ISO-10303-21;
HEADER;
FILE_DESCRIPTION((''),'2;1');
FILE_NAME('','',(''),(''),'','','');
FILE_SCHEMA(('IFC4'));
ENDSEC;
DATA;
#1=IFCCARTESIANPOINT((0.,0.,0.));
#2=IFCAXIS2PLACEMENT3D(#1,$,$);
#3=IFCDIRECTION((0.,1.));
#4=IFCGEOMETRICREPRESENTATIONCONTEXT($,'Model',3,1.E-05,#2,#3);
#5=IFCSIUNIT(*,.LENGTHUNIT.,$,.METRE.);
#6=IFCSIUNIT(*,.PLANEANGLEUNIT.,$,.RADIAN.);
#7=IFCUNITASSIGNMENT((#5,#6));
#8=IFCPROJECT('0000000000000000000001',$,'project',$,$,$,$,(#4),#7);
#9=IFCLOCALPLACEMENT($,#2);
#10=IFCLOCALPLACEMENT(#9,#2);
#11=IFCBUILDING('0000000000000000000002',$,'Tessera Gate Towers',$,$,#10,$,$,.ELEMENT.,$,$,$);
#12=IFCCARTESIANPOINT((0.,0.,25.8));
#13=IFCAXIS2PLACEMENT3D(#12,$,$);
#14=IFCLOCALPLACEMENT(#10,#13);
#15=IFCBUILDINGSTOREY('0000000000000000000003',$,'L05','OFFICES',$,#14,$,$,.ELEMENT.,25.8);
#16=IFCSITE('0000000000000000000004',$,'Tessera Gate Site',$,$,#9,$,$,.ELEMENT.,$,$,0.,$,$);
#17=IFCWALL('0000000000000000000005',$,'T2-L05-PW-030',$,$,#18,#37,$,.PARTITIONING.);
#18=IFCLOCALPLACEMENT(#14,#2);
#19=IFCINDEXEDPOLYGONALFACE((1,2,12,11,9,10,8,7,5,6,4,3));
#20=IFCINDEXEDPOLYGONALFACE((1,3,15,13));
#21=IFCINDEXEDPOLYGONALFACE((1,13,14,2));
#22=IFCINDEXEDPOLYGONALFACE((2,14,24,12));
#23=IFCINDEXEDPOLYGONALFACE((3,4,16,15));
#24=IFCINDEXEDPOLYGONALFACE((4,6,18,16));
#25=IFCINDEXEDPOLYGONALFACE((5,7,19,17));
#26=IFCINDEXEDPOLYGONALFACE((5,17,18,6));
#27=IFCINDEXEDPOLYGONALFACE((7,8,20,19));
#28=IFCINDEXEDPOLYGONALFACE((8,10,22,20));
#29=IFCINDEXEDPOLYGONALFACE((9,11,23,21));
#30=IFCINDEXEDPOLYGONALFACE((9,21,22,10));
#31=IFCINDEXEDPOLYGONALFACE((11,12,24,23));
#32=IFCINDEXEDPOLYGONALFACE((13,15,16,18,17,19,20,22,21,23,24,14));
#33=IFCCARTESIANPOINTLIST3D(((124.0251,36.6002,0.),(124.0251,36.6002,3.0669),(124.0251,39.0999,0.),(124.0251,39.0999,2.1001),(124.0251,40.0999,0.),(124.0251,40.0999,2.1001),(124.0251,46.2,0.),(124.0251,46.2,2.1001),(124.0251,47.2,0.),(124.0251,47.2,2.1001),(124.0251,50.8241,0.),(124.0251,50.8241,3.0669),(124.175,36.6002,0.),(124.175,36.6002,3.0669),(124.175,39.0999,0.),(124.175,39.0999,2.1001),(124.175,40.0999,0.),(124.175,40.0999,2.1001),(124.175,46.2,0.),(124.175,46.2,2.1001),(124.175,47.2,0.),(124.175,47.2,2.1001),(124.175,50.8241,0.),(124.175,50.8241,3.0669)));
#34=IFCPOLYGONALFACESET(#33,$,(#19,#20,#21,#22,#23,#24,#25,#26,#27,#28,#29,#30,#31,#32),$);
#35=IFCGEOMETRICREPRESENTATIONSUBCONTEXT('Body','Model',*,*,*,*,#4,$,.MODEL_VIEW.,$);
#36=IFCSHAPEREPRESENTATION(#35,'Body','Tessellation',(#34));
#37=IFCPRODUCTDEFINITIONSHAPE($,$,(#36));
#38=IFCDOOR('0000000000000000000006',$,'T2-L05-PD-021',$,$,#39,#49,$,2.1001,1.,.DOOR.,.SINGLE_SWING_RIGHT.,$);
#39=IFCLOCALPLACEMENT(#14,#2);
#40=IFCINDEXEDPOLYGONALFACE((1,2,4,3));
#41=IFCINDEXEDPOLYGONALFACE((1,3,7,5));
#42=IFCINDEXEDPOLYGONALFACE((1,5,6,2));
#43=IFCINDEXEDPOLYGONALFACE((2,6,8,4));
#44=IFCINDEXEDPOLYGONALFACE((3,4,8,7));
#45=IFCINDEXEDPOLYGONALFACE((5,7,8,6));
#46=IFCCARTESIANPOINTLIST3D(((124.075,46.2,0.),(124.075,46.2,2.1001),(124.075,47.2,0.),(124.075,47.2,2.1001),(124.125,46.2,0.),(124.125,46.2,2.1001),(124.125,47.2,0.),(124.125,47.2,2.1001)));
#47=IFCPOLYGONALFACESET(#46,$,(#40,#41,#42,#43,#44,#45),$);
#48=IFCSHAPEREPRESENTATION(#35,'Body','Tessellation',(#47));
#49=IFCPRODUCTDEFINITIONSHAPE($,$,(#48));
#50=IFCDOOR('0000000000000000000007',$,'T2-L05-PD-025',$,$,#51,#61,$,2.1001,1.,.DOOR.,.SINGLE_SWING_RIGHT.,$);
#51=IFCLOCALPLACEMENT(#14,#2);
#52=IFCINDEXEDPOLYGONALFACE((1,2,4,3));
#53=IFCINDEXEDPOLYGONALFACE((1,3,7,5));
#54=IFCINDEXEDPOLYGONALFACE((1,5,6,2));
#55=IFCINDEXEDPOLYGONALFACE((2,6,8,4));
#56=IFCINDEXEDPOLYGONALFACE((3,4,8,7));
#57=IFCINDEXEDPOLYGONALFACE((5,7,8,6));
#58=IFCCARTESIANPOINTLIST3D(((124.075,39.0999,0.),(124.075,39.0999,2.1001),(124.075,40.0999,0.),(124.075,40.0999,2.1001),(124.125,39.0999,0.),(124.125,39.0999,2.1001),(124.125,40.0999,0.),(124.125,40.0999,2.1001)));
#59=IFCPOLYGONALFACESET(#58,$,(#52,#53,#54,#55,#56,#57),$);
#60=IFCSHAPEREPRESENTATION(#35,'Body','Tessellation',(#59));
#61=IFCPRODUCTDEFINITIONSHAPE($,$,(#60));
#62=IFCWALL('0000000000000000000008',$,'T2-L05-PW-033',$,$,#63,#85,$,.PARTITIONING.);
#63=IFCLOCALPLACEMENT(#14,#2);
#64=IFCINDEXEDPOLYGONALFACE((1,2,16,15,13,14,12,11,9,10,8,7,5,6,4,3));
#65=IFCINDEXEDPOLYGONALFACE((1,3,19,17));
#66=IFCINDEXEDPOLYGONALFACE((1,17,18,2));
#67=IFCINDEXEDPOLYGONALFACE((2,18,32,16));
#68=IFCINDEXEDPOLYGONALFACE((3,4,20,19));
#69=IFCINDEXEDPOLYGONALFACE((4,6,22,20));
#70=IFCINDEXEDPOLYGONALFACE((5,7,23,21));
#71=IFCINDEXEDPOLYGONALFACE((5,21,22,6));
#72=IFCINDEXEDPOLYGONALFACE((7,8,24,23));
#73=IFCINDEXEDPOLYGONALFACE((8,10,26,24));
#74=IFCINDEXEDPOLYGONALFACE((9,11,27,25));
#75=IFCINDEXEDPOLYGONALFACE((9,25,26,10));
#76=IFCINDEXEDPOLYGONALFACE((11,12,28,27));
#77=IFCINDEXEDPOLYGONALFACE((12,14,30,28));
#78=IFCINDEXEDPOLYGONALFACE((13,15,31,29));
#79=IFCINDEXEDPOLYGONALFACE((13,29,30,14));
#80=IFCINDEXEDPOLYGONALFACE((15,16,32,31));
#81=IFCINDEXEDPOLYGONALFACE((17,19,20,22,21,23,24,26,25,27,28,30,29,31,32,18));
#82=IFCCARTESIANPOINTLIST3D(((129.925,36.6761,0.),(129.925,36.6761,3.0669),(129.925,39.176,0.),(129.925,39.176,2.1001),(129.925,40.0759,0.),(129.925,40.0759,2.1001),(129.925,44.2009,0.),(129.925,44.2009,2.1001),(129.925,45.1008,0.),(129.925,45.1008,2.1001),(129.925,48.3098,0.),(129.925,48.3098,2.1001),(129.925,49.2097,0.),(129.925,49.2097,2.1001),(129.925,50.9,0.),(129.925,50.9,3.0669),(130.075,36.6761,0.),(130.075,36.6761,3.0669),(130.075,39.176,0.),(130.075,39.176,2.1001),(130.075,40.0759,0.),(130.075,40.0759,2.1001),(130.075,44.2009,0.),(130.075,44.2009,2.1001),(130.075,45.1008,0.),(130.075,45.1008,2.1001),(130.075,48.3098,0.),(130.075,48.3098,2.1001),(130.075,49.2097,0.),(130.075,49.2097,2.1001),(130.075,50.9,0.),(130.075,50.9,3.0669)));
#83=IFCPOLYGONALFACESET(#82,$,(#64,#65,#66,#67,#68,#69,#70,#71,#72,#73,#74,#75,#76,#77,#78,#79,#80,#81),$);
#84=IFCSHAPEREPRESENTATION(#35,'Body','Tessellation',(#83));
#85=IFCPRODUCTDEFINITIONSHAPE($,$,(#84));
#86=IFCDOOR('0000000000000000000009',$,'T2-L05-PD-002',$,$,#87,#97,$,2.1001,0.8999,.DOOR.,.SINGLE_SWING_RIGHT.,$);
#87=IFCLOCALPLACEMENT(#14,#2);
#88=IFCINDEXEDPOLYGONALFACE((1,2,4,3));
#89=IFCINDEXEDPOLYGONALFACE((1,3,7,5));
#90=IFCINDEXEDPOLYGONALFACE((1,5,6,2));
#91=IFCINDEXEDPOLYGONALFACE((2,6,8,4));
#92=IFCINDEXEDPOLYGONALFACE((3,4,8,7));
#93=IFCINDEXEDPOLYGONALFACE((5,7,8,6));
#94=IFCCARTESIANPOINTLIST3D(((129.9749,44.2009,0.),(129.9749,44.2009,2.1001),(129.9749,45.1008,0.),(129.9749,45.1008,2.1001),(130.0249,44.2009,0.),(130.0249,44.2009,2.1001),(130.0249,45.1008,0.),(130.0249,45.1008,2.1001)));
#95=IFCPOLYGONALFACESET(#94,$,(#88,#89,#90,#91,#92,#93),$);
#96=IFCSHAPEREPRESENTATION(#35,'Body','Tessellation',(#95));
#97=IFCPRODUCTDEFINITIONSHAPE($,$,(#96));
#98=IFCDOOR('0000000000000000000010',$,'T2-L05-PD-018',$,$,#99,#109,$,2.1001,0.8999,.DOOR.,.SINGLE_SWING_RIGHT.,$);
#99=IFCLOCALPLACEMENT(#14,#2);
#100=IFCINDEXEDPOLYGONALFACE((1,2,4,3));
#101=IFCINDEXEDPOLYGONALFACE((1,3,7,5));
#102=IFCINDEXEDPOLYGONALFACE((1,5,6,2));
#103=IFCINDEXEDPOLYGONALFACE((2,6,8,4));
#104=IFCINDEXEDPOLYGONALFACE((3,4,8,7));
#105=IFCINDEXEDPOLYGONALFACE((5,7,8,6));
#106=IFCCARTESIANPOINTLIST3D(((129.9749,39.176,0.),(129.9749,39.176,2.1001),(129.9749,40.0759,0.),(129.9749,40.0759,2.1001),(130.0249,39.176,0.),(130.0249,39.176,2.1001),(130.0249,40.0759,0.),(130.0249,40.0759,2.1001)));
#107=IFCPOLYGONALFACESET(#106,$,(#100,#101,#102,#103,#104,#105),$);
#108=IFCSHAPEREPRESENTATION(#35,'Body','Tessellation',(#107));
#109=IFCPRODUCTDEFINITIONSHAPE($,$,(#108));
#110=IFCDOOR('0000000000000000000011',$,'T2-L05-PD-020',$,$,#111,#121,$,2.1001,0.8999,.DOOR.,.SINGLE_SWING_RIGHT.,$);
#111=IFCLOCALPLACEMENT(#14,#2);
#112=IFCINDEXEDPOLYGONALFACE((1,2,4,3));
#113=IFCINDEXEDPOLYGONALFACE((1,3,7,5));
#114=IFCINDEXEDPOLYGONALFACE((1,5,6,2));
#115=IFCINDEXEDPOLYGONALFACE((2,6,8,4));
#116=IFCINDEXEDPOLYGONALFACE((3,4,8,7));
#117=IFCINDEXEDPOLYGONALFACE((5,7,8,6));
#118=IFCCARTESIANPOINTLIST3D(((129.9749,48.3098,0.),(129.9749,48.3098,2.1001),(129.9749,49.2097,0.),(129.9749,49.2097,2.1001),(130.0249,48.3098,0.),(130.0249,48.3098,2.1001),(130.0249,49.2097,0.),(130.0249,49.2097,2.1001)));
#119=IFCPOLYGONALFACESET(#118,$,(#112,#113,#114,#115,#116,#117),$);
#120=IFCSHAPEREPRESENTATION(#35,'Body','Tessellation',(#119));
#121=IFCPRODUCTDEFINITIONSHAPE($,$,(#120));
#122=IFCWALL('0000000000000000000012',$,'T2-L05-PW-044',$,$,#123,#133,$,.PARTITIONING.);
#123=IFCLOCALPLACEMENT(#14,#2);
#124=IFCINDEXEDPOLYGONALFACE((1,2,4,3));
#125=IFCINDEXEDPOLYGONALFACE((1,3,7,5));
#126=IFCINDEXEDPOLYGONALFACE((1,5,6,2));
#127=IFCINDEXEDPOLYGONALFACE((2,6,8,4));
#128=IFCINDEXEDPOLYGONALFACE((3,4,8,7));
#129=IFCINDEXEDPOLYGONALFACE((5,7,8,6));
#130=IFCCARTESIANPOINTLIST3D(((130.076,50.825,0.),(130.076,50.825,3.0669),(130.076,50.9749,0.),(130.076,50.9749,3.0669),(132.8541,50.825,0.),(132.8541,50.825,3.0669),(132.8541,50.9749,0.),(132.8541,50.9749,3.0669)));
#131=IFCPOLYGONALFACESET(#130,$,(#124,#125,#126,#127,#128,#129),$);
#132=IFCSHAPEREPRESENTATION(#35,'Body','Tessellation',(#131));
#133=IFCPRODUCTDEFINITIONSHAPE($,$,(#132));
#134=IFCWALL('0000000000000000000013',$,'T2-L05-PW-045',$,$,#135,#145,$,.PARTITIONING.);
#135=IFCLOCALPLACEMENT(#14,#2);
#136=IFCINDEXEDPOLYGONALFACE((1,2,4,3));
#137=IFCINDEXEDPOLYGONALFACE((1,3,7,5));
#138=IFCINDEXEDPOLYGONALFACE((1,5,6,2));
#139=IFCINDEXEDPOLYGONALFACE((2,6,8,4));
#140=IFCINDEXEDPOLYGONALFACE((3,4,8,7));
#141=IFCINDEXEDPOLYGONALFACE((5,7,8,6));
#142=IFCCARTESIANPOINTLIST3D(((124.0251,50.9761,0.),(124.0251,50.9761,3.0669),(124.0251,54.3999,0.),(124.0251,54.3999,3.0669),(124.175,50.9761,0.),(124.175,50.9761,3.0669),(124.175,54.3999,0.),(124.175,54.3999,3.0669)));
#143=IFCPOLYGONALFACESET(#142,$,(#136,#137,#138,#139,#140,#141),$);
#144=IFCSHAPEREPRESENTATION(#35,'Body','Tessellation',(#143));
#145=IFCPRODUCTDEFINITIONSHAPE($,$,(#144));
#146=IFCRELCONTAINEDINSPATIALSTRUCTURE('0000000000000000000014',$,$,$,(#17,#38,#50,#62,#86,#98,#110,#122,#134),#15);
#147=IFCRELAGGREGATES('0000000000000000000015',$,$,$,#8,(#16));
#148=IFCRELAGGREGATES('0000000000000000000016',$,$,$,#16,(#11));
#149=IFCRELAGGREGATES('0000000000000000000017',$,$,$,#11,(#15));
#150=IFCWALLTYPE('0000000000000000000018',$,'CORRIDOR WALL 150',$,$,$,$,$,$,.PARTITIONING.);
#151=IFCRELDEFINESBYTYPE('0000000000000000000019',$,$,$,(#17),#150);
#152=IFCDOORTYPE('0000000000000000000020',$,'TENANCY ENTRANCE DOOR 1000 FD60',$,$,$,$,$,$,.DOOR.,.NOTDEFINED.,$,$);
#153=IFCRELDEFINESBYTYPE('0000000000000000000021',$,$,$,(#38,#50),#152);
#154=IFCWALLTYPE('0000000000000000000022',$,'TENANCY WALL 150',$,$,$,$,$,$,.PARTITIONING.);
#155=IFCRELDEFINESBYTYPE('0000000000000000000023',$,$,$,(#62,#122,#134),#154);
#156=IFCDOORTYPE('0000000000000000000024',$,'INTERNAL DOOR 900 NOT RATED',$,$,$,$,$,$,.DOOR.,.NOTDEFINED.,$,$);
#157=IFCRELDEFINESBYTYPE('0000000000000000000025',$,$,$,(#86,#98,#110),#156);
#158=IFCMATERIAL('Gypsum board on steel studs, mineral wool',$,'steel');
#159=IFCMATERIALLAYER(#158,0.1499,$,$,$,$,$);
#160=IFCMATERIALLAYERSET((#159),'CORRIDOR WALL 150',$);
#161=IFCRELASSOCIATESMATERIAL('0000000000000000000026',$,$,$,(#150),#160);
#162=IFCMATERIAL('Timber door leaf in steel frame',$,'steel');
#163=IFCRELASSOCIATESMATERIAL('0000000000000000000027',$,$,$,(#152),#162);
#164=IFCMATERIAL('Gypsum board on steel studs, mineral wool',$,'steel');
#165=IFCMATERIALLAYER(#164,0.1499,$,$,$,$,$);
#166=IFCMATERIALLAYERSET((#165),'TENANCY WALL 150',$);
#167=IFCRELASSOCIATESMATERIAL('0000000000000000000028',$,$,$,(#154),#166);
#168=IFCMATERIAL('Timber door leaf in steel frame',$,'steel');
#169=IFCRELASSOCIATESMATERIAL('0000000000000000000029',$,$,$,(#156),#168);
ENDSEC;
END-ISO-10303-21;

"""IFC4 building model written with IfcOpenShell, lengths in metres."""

from ifc_helpers import new_model, si_unit, direction, frame, frame_2d, origin, place, context, subcontext, project, spatial, rectangle, extrude, source, transform, mapped, material, layer, layer_set, type_object, element, fill, save


model = new_model("IFC4")

# Units and contexts
model_context = context("Model", 3, precision=1e-05, world=origin(), true_north=direction((0.0, 1.0)))
body_context = subcontext(model_context, "Body", "Model", "MODEL_VIEW")
ifc_project = project(units=[si_unit("LENGTHUNIT", "METRE"), si_unit("PLANEANGLEUNIT", "RADIAN")], contexts=[model_context])

# Site, building, storey
site_placement = place(None, origin())
site = spatial("IfcSite", under=ifc_project, at=site_placement, Name="Tessera Gate Site", CompositionType="ELEMENT", RefElevation=0.0)
building_placement = place(site_placement, origin())
building = spatial("IfcBuilding", under=site, at=building_placement, Name="Tessera Gate Towers", CompositionType="ELEMENT")
storey_placement = place(building_placement, frame((0.0, 0.0, 25.8)))
storey = spatial("IfcBuildingStorey", under=building, at=storey_placement, Name="L05", Description="OFFICES", CompositionType="ELEMENT", Elevation=25.8)

# Walls, openings, doors
ifc_material_1 = material(Name="Gypsum board on steel studs, mineral wool", Category="steel")
ifc_layer_1 = layer(ifc_material_1, 0.1499)
ifc_layer_set_1 = layer_set([ifc_layer_1], Name="CORRIDOR WALL 150")
wall_type_1 = type_object("IfcWallType", Name="CORRIDOR WALL 150", PredefinedType="PARTITIONING", material=ifc_layer_set_1)
wall_1_placement = place(storey_placement, frame((124.1001, 50.824, 0.0), z_axis=(0.0, 0.0, 1.0), x_axis=(0.0, -1.0, 0.0)))
wall_1 = element("IfcWall", 1, at=wall_1_placement, inside=storey, type_object=wall_type_1, Name="T2-L05-PW-030", PredefinedType="PARTITIONING", context=body_context, shape_type="SweptSolid", body=[
    extrude(rectangle(XDim=14.2239, YDim=0.1499, at=frame_2d((7.1118, 0.0))), origin(), (0.0, 0.0, 1.0), 3.0669),
])
shared_shape_1 = source(origin(), body_context, "Body", "SweptSolid", [
    extrude(rectangle(XDim=1.0, YDim=2.1001, at=frame_2d((0.5, 1.05))), frame((0.0, 0.085, 0.0), z_axis=(0.0, -1.0, 0.0), x_axis=(1.0, 0.0, 0.0)), (0.0, 0.0, 1.0), 0.1699),
])
opening_1_placement = place(wall_1_placement, frame((3.624, 0.0, 0.0)))
opening_1 = element("IfcOpeningElement", 2, at=opening_1_placement, cuts=wall_1, PredefinedType="OPENING", context=body_context, shape_type="MappedRepresentation", body=[
    mapped(shared_shape_1, transform((0.0, 0.0, 0.0), scale=1.0)),
])
opening_2_placement = place(wall_1_placement, frame((10.7241, 0.0, 0.0)))
opening_2 = element("IfcOpeningElement", 3, at=opening_2_placement, cuts=wall_1, PredefinedType="OPENING", context=body_context, shape_type="MappedRepresentation", body=[
    mapped(shared_shape_1, transform((0.0, 0.0, 0.0), scale=1.0)),
])
ifc_material_2 = material(Name="Timber door leaf in steel frame", Category="steel")
door_type_1 = type_object("IfcDoorType", Name="TENANCY ENTRANCE DOOR 1000 FD60", OperationType="NOTDEFINED", PredefinedType="DOOR", material=ifc_material_2)
shared_shape_2 = source(origin(), body_context, "Body", "SweptSolid", [
    extrude(rectangle(XDim=1.0, YDim=2.1001, at=frame_2d((0.5, 1.05))), frame((0.0, 0.0249, 0.0), z_axis=(0.0, -1.0, 0.0), x_axis=(1.0, 0.0, 0.0)), (0.0, 0.0, 1.0), 0.05),
])
door_1_placement = place(opening_1_placement, origin())
door_1 = element("IfcDoor", 4, at=door_1_placement, inside=storey, type_object=door_type_1, Name="T2-L05-PD-021", OperationType="SINGLE_SWING_RIGHT", OverallHeight=2.1001, OverallWidth=1.0, PredefinedType="DOOR", context=body_context, shape_type="MappedRepresentation", body=[
    mapped(shared_shape_2, transform((0.0, 0.0, 0.0), scale=1.0)),
])
fill(opening_1, door_1)
door_2_placement = place(opening_2_placement, origin())
door_2 = element("IfcDoor", 5, at=door_2_placement, inside=storey, type_object=door_type_1, Name="T2-L05-PD-025", OperationType="SINGLE_SWING_RIGHT", OverallHeight=2.1001, OverallWidth=1.0, PredefinedType="DOOR", context=body_context, shape_type="MappedRepresentation", body=[
    mapped(shared_shape_2, transform((0.0, 0.0, 0.0), scale=1.0)),
])
fill(opening_2, door_2)
ifc_material_3 = material(Name="Gypsum board on steel studs, mineral wool", Category="steel")
ifc_layer_2 = layer(ifc_material_3, 0.1499)
ifc_layer_set_2 = layer_set([ifc_layer_2], Name="TENANCY WALL 150")
wall_type_2 = type_object("IfcWallType", Name="TENANCY WALL 150", PredefinedType="PARTITIONING", material=ifc_layer_set_2)
wall_2_placement = place(storey_placement, frame((130.0, 50.8999, 0.0), z_axis=(0.0, 0.0, 1.0), x_axis=(0.0, -1.0, 0.0)))
wall_2 = element("IfcWall", 6, at=wall_2_placement, inside=storey, type_object=wall_type_2, Name="T2-L05-PW-033", PredefinedType="PARTITIONING", context=body_context, shape_type="SweptSolid", body=[
    extrude(rectangle(XDim=14.2239, YDim=0.1499, at=frame_2d((7.1118, 0.0))), origin(), (0.0, 0.0, 1.0), 3.0669),
])
shared_shape_3 = source(origin(), body_context, "Body", "SweptSolid", [
    extrude(rectangle(XDim=0.8999, YDim=2.1001, at=frame_2d((0.45, 1.05))), frame((0.0, 0.085, 0.0), z_axis=(0.0, -1.0, 0.0), x_axis=(1.0, 0.0, 0.0)), (0.0, 0.0, 1.0), 0.1699),
])
opening_3_placement = place(wall_2_placement, frame((5.7991, 0.0, 0.0)))
opening_3 = element("IfcOpeningElement", 7, at=opening_3_placement, cuts=wall_2, PredefinedType="OPENING", context=body_context, shape_type="MappedRepresentation", body=[
    mapped(shared_shape_3, transform((0.0, 0.0, 0.0), scale=1.0)),
])
opening_4_placement = place(wall_2_placement, frame((10.824, 0.0, 0.0)))
opening_4 = element("IfcOpeningElement", 8, at=opening_4_placement, cuts=wall_2, PredefinedType="OPENING", context=body_context, shape_type="MappedRepresentation", body=[
    mapped(shared_shape_3, transform((0.0, 0.0, 0.0), scale=1.0)),
])
opening_5_placement = place(wall_2_placement, frame((1.6902, 0.0, 0.0)))
opening_5 = element("IfcOpeningElement", 9, at=opening_5_placement, cuts=wall_2, PredefinedType="OPENING", context=body_context, shape_type="MappedRepresentation", body=[
    mapped(shared_shape_3, transform((0.0, 0.0, 0.0), scale=1.0)),
])
ifc_material_4 = material(Name="Timber door leaf in steel frame", Category="steel")
door_type_2 = type_object("IfcDoorType", Name="INTERNAL DOOR 900 NOT RATED", OperationType="NOTDEFINED", PredefinedType="DOOR", material=ifc_material_4)
shared_shape_4 = source(origin(), body_context, "Body", "SweptSolid", [
    extrude(rectangle(XDim=0.8999, YDim=2.1001, at=frame_2d((0.45, 1.05))), frame((0.0, 0.0249, 0.0), z_axis=(0.0, -1.0, 0.0), x_axis=(1.0, 0.0, 0.0)), (0.0, 0.0, 1.0), 0.05),
])
door_3_placement = place(opening_3_placement, origin())
door_3 = element("IfcDoor", 10, at=door_3_placement, inside=storey, type_object=door_type_2, Name="T2-L05-PD-002", OperationType="SINGLE_SWING_RIGHT", OverallHeight=2.1001, OverallWidth=0.8999, PredefinedType="DOOR", context=body_context, shape_type="MappedRepresentation", body=[
    mapped(shared_shape_4, transform((0.0, 0.0, 0.0), scale=1.0)),
])
fill(opening_3, door_3)
door_4_placement = place(opening_4_placement, origin())
door_4 = element("IfcDoor", 11, at=door_4_placement, inside=storey, type_object=door_type_2, Name="T2-L05-PD-018", OperationType="SINGLE_SWING_RIGHT", OverallHeight=2.1001, OverallWidth=0.8999, PredefinedType="DOOR", context=body_context, shape_type="MappedRepresentation", body=[
    mapped(shared_shape_4, transform((0.0, 0.0, 0.0), scale=1.0)),
])
fill(opening_4, door_4)
door_5_placement = place(opening_5_placement, origin())
door_5 = element("IfcDoor", 12, at=door_5_placement, inside=storey, type_object=door_type_2, Name="T2-L05-PD-020", OperationType="SINGLE_SWING_RIGHT", OverallHeight=2.1001, OverallWidth=0.8999, PredefinedType="DOOR", context=body_context, shape_type="MappedRepresentation", body=[
    mapped(shared_shape_4, transform((0.0, 0.0, 0.0), scale=1.0)),
])
fill(opening_5, door_5)

# Walls
wall_3_placement = place(storey_placement, frame((130.0759, 50.8999, 0.0), z_axis=(0.0, 0.0, 1.0), x_axis=(1.0, 0.0, 0.0)))
element("IfcWall", 13, at=wall_3_placement, inside=storey, type_object=wall_type_2, Name="T2-L05-PW-044", PredefinedType="PARTITIONING", context=body_context, shape_type="SweptSolid", body=[
    extrude(rectangle(XDim=2.7781, YDim=0.1499, at=frame_2d((1.3892, 0.0))), origin(), (0.0, 0.0, 1.0), 3.0669),
])
wall_4_placement = place(storey_placement, frame((124.1001, 50.9761, 0.0), z_axis=(0.0, 0.0, 1.0), x_axis=(0.0, 1.0, 0.0)))
element("IfcWall", 14, at=wall_4_placement, inside=storey, type_object=wall_type_2, Name="T2-L05-PW-045", PredefinedType="PARTITIONING", context=body_context, shape_type="SweptSolid", body=[
    extrude(rectangle(XDim=3.4238, YDim=0.1499, at=frame_2d((1.7119, 0.0))), origin(), (0.0, 0.0, 1.0), 3.0669),
])

save(model, "model.ifc")
